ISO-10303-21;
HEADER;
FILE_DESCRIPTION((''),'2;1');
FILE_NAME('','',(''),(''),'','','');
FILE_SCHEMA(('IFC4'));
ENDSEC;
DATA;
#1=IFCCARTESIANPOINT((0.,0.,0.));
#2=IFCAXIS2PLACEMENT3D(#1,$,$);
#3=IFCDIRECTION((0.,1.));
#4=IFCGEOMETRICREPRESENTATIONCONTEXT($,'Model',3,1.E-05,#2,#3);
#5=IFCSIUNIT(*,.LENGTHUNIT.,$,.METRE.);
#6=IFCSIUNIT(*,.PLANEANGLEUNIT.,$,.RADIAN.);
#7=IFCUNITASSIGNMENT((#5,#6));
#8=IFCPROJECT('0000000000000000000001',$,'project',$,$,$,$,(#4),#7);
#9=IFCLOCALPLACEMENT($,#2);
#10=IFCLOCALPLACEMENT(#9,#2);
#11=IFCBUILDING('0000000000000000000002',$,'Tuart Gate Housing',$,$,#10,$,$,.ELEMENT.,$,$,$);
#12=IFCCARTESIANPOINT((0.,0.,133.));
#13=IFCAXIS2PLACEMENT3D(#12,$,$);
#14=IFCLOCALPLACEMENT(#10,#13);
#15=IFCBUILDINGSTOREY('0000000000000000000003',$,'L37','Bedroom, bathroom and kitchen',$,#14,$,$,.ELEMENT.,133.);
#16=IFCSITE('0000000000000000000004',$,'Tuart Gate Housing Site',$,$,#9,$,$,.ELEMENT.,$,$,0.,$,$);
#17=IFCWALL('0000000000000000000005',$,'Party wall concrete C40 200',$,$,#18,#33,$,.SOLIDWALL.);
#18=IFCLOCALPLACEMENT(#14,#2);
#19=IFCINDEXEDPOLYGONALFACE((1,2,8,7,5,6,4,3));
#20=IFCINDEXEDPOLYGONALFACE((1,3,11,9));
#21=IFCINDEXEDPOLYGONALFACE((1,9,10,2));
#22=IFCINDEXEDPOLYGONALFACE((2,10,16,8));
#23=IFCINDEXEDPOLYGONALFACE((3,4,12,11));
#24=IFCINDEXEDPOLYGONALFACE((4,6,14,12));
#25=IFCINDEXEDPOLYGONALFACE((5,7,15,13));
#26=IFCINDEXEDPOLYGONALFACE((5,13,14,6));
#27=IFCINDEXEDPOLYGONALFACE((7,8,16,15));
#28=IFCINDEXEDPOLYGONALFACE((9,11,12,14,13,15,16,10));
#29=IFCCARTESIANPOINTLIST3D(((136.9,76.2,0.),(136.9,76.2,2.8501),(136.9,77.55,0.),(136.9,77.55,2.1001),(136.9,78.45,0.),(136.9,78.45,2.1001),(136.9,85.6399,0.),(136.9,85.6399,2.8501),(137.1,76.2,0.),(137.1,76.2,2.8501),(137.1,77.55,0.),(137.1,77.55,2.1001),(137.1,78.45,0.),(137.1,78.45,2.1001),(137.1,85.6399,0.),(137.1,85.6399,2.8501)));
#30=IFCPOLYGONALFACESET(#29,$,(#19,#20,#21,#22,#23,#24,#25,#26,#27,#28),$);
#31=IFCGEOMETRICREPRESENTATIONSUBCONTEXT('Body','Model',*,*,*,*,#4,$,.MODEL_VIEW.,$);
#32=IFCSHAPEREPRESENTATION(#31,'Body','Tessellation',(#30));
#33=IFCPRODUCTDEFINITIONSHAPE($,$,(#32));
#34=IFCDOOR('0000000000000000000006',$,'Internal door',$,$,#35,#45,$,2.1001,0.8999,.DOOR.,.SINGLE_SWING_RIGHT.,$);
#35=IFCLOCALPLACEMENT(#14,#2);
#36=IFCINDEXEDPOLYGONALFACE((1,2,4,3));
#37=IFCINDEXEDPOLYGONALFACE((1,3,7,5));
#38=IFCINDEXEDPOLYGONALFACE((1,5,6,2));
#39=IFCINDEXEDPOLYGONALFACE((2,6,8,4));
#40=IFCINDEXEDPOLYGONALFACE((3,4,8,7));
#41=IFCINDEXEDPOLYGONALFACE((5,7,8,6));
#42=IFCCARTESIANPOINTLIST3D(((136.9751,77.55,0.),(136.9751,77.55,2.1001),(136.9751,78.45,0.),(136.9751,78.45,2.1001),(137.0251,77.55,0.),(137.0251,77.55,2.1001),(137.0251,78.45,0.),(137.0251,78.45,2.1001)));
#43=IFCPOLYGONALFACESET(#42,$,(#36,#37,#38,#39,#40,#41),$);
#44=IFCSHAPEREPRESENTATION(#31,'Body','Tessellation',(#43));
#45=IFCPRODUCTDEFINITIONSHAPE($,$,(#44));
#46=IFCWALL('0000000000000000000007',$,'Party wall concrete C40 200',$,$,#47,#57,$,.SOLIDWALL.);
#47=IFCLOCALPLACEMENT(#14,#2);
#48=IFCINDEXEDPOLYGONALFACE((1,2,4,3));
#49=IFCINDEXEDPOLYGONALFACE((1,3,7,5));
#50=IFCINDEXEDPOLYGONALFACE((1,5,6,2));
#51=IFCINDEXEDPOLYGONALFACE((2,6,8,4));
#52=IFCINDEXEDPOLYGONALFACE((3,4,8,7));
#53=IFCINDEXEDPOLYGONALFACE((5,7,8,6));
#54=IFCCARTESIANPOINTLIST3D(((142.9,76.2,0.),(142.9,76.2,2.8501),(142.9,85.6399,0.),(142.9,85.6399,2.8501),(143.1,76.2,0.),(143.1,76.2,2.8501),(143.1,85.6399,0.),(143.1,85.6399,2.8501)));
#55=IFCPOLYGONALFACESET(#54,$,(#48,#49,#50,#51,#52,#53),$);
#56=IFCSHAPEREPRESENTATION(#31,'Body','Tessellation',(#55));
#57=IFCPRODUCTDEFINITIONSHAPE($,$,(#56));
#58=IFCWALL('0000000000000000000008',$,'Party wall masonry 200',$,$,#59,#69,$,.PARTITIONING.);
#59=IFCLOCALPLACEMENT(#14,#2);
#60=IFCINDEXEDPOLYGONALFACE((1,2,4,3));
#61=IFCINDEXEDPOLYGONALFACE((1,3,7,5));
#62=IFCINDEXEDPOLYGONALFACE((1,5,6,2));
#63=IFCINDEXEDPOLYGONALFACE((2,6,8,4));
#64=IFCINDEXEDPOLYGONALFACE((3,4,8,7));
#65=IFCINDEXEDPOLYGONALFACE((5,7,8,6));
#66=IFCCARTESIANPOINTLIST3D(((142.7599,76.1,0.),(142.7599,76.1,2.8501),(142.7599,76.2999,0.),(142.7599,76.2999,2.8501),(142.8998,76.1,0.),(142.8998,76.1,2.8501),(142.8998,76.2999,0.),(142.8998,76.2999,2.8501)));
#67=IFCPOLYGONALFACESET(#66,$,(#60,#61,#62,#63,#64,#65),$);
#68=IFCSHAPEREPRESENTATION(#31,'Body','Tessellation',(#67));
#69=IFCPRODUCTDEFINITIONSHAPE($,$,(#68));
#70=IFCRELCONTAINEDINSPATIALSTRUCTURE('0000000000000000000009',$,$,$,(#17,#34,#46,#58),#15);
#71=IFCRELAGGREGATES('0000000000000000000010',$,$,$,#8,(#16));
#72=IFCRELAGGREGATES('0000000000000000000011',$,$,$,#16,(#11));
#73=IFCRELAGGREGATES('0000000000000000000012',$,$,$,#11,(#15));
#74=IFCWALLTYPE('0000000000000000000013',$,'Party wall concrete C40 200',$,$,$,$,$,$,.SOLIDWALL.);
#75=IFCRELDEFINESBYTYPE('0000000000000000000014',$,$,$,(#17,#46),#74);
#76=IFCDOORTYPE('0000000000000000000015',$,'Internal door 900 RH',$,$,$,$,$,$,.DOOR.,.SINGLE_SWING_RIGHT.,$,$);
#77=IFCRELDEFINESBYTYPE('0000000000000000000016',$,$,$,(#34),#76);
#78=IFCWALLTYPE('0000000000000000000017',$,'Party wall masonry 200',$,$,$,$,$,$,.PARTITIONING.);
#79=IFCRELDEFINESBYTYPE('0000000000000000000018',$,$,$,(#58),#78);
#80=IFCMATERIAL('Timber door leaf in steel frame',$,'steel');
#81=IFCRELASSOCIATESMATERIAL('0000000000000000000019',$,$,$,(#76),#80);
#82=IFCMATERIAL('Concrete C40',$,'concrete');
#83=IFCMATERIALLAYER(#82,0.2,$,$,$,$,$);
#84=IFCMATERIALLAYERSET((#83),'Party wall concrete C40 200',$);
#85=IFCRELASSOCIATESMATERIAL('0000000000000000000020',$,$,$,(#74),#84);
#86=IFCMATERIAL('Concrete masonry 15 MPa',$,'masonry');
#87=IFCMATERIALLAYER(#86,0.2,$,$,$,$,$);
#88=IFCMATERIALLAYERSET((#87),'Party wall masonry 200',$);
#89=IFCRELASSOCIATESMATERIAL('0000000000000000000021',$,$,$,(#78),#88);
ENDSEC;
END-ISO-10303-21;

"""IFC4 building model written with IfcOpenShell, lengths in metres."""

from ifc_helpers import new_model, si_unit, direction, frame, frame_2d, origin, place, context, subcontext, project, spatial, rectangle, extrude, material, layer, layer_set, type_object, element, fill, save


model = new_model("IFC4")

# Units and contexts
model_context = context("Model", 3, precision=1e-05, world=origin(), true_north=direction((0.0, 1.0)))
body_context = subcontext(model_context, "Body", "Model", "MODEL_VIEW")
ifc_project = project(units=[si_unit("LENGTHUNIT", "METRE"), si_unit("PLANEANGLEUNIT", "RADIAN")], contexts=[model_context])

# Site, building, storey
site_placement = place(None, origin())
site = spatial("IfcSite", under=ifc_project, at=site_placement, Name="Tuart Gate Housing Site", CompositionType="ELEMENT", RefElevation=0.0)
building_placement = place(site_placement, origin())
building = spatial("IfcBuilding", under=site, at=building_placement, Name="Tuart Gate Housing", CompositionType="ELEMENT")
storey_placement = place(building_placement, frame((0.0, 0.0, 133.0)))
storey = spatial("IfcBuildingStorey", under=building, at=storey_placement, Name="L37", Description="Bedroom, bathroom and kitchen", CompositionType="ELEMENT", Elevation=133.0)

# Shared definitions
ifc_material_1 = material(Name="Timber door leaf in steel frame", Category="steel")
door_type_1 = type_object("IfcDoorType", Name="Internal door 900 RH", OperationType="SINGLE_SWING_RIGHT", PredefinedType="DOOR", material=ifc_material_1)

# Wall, opening, door
ifc_material_2 = material(Name="Concrete C40", Category="concrete")
ifc_layer_1 = layer(ifc_material_2, 0.2)
ifc_layer_set_1 = layer_set([ifc_layer_1], Name="Party wall concrete C40 200")
wall_type_1 = type_object("IfcWallType", Name="Party wall concrete C40 200", PredefinedType="SOLIDWALL", material=ifc_layer_set_1)
wall_1_placement = place(storey_placement, frame((137.0, 76.2, 0.0), z_axis=(0.0, 0.0, 1.0), x_axis=(0.0, 1.0, 0.0)))
wall_1 = element("IfcWall", 1, at=wall_1_placement, inside=storey, type_object=wall_type_1, Name="Party wall concrete C40 200", PredefinedType="SOLIDWALL", context=body_context, shape_type="SweptSolid", body=[
    extrude(rectangle(XDim=9.4399, YDim=0.2, at=frame_2d((4.72, 0.0))), origin(), (0.0, 0.0, 1.0), 2.8501),
])
opening_1_placement = place(wall_1_placement, frame((1.3501, 0.0, 0.0)))
opening_1 = element("IfcOpeningElement", 2, at=opening_1_placement, cuts=wall_1, PredefinedType="OPENING", context=body_context, shape_type="SweptSolid", body=[
    extrude(rectangle(XDim=0.8999, YDim=2.1001, at=frame_2d((0.45, 1.05))), frame((0.0, 0.1099, 0.0), z_axis=(0.0, -1.0, 0.0), x_axis=(1.0, 0.0, 0.0)), (0.0, 0.0, 1.0), 0.22),
])
door_1_placement = place(opening_1_placement, frame((0.8999, 0.0, 0.0), z_axis=(0.0, 0.0, 1.0), x_axis=(-1.0, 0.0, 0.0)))
door_1 = element("IfcDoor", 3, at=door_1_placement, inside=storey, type_object=door_type_1, Name="Internal door", OperationType="SINGLE_SWING_RIGHT", OverallHeight=2.1001, OverallWidth=0.8999, PredefinedType="DOOR", context=body_context, shape_type="SweptSolid", body=[
    extrude(rectangle(XDim=0.8999, YDim=2.1001, at=frame_2d((0.45, 1.05))), frame((0.0, 0.0251, 0.0), z_axis=(0.0, -1.0, 0.0), x_axis=(1.0, 0.0, 0.0)), (0.0, 0.0, 1.0), 0.05),
])
fill(opening_1, door_1)

# Walls
wall_2_placement = place(storey_placement, frame((143.0, 76.2, 0.0), z_axis=(0.0, 0.0, 1.0), x_axis=(0.0, 1.0, 0.0)))
element("IfcWall", 4, at=wall_2_placement, inside=storey, type_object=wall_type_1, Name="Party wall concrete C40 200", PredefinedType="SOLIDWALL", context=body_context, shape_type="SweptSolid", body=[
    extrude(rectangle(XDim=9.4399, YDim=0.2, at=frame_2d((4.72, 0.0))), origin(), (0.0, 0.0, 1.0), 2.8501),
])
ifc_material_3 = material(Name="Concrete masonry 15 MPa", Category="masonry")
ifc_layer_2 = layer(ifc_material_3, 0.2)
ifc_layer_set_2 = layer_set([ifc_layer_2], Name="Party wall masonry 200")
wall_type_2 = type_object("IfcWallType", Name="Party wall masonry 200", PredefinedType="PARTITIONING", material=ifc_layer_set_2)
wall_3_placement = place(storey_placement, frame((142.76, 76.2, 0.0), z_axis=(0.0, 0.0, 1.0), x_axis=(1.0, 0.0, 0.0)))
element("IfcWall", 5, at=wall_3_placement, inside=storey, type_object=wall_type_2, Name="Party wall masonry 200", PredefinedType="PARTITIONING", context=body_context, shape_type="SweptSolid", body=[
    extrude(rectangle(XDim=0.1399, YDim=0.2, at=frame_2d((0.0698, 0.0))), origin(), (0.0, 0.0, 1.0), 2.8501),
])

save(model, "model.ifc")
